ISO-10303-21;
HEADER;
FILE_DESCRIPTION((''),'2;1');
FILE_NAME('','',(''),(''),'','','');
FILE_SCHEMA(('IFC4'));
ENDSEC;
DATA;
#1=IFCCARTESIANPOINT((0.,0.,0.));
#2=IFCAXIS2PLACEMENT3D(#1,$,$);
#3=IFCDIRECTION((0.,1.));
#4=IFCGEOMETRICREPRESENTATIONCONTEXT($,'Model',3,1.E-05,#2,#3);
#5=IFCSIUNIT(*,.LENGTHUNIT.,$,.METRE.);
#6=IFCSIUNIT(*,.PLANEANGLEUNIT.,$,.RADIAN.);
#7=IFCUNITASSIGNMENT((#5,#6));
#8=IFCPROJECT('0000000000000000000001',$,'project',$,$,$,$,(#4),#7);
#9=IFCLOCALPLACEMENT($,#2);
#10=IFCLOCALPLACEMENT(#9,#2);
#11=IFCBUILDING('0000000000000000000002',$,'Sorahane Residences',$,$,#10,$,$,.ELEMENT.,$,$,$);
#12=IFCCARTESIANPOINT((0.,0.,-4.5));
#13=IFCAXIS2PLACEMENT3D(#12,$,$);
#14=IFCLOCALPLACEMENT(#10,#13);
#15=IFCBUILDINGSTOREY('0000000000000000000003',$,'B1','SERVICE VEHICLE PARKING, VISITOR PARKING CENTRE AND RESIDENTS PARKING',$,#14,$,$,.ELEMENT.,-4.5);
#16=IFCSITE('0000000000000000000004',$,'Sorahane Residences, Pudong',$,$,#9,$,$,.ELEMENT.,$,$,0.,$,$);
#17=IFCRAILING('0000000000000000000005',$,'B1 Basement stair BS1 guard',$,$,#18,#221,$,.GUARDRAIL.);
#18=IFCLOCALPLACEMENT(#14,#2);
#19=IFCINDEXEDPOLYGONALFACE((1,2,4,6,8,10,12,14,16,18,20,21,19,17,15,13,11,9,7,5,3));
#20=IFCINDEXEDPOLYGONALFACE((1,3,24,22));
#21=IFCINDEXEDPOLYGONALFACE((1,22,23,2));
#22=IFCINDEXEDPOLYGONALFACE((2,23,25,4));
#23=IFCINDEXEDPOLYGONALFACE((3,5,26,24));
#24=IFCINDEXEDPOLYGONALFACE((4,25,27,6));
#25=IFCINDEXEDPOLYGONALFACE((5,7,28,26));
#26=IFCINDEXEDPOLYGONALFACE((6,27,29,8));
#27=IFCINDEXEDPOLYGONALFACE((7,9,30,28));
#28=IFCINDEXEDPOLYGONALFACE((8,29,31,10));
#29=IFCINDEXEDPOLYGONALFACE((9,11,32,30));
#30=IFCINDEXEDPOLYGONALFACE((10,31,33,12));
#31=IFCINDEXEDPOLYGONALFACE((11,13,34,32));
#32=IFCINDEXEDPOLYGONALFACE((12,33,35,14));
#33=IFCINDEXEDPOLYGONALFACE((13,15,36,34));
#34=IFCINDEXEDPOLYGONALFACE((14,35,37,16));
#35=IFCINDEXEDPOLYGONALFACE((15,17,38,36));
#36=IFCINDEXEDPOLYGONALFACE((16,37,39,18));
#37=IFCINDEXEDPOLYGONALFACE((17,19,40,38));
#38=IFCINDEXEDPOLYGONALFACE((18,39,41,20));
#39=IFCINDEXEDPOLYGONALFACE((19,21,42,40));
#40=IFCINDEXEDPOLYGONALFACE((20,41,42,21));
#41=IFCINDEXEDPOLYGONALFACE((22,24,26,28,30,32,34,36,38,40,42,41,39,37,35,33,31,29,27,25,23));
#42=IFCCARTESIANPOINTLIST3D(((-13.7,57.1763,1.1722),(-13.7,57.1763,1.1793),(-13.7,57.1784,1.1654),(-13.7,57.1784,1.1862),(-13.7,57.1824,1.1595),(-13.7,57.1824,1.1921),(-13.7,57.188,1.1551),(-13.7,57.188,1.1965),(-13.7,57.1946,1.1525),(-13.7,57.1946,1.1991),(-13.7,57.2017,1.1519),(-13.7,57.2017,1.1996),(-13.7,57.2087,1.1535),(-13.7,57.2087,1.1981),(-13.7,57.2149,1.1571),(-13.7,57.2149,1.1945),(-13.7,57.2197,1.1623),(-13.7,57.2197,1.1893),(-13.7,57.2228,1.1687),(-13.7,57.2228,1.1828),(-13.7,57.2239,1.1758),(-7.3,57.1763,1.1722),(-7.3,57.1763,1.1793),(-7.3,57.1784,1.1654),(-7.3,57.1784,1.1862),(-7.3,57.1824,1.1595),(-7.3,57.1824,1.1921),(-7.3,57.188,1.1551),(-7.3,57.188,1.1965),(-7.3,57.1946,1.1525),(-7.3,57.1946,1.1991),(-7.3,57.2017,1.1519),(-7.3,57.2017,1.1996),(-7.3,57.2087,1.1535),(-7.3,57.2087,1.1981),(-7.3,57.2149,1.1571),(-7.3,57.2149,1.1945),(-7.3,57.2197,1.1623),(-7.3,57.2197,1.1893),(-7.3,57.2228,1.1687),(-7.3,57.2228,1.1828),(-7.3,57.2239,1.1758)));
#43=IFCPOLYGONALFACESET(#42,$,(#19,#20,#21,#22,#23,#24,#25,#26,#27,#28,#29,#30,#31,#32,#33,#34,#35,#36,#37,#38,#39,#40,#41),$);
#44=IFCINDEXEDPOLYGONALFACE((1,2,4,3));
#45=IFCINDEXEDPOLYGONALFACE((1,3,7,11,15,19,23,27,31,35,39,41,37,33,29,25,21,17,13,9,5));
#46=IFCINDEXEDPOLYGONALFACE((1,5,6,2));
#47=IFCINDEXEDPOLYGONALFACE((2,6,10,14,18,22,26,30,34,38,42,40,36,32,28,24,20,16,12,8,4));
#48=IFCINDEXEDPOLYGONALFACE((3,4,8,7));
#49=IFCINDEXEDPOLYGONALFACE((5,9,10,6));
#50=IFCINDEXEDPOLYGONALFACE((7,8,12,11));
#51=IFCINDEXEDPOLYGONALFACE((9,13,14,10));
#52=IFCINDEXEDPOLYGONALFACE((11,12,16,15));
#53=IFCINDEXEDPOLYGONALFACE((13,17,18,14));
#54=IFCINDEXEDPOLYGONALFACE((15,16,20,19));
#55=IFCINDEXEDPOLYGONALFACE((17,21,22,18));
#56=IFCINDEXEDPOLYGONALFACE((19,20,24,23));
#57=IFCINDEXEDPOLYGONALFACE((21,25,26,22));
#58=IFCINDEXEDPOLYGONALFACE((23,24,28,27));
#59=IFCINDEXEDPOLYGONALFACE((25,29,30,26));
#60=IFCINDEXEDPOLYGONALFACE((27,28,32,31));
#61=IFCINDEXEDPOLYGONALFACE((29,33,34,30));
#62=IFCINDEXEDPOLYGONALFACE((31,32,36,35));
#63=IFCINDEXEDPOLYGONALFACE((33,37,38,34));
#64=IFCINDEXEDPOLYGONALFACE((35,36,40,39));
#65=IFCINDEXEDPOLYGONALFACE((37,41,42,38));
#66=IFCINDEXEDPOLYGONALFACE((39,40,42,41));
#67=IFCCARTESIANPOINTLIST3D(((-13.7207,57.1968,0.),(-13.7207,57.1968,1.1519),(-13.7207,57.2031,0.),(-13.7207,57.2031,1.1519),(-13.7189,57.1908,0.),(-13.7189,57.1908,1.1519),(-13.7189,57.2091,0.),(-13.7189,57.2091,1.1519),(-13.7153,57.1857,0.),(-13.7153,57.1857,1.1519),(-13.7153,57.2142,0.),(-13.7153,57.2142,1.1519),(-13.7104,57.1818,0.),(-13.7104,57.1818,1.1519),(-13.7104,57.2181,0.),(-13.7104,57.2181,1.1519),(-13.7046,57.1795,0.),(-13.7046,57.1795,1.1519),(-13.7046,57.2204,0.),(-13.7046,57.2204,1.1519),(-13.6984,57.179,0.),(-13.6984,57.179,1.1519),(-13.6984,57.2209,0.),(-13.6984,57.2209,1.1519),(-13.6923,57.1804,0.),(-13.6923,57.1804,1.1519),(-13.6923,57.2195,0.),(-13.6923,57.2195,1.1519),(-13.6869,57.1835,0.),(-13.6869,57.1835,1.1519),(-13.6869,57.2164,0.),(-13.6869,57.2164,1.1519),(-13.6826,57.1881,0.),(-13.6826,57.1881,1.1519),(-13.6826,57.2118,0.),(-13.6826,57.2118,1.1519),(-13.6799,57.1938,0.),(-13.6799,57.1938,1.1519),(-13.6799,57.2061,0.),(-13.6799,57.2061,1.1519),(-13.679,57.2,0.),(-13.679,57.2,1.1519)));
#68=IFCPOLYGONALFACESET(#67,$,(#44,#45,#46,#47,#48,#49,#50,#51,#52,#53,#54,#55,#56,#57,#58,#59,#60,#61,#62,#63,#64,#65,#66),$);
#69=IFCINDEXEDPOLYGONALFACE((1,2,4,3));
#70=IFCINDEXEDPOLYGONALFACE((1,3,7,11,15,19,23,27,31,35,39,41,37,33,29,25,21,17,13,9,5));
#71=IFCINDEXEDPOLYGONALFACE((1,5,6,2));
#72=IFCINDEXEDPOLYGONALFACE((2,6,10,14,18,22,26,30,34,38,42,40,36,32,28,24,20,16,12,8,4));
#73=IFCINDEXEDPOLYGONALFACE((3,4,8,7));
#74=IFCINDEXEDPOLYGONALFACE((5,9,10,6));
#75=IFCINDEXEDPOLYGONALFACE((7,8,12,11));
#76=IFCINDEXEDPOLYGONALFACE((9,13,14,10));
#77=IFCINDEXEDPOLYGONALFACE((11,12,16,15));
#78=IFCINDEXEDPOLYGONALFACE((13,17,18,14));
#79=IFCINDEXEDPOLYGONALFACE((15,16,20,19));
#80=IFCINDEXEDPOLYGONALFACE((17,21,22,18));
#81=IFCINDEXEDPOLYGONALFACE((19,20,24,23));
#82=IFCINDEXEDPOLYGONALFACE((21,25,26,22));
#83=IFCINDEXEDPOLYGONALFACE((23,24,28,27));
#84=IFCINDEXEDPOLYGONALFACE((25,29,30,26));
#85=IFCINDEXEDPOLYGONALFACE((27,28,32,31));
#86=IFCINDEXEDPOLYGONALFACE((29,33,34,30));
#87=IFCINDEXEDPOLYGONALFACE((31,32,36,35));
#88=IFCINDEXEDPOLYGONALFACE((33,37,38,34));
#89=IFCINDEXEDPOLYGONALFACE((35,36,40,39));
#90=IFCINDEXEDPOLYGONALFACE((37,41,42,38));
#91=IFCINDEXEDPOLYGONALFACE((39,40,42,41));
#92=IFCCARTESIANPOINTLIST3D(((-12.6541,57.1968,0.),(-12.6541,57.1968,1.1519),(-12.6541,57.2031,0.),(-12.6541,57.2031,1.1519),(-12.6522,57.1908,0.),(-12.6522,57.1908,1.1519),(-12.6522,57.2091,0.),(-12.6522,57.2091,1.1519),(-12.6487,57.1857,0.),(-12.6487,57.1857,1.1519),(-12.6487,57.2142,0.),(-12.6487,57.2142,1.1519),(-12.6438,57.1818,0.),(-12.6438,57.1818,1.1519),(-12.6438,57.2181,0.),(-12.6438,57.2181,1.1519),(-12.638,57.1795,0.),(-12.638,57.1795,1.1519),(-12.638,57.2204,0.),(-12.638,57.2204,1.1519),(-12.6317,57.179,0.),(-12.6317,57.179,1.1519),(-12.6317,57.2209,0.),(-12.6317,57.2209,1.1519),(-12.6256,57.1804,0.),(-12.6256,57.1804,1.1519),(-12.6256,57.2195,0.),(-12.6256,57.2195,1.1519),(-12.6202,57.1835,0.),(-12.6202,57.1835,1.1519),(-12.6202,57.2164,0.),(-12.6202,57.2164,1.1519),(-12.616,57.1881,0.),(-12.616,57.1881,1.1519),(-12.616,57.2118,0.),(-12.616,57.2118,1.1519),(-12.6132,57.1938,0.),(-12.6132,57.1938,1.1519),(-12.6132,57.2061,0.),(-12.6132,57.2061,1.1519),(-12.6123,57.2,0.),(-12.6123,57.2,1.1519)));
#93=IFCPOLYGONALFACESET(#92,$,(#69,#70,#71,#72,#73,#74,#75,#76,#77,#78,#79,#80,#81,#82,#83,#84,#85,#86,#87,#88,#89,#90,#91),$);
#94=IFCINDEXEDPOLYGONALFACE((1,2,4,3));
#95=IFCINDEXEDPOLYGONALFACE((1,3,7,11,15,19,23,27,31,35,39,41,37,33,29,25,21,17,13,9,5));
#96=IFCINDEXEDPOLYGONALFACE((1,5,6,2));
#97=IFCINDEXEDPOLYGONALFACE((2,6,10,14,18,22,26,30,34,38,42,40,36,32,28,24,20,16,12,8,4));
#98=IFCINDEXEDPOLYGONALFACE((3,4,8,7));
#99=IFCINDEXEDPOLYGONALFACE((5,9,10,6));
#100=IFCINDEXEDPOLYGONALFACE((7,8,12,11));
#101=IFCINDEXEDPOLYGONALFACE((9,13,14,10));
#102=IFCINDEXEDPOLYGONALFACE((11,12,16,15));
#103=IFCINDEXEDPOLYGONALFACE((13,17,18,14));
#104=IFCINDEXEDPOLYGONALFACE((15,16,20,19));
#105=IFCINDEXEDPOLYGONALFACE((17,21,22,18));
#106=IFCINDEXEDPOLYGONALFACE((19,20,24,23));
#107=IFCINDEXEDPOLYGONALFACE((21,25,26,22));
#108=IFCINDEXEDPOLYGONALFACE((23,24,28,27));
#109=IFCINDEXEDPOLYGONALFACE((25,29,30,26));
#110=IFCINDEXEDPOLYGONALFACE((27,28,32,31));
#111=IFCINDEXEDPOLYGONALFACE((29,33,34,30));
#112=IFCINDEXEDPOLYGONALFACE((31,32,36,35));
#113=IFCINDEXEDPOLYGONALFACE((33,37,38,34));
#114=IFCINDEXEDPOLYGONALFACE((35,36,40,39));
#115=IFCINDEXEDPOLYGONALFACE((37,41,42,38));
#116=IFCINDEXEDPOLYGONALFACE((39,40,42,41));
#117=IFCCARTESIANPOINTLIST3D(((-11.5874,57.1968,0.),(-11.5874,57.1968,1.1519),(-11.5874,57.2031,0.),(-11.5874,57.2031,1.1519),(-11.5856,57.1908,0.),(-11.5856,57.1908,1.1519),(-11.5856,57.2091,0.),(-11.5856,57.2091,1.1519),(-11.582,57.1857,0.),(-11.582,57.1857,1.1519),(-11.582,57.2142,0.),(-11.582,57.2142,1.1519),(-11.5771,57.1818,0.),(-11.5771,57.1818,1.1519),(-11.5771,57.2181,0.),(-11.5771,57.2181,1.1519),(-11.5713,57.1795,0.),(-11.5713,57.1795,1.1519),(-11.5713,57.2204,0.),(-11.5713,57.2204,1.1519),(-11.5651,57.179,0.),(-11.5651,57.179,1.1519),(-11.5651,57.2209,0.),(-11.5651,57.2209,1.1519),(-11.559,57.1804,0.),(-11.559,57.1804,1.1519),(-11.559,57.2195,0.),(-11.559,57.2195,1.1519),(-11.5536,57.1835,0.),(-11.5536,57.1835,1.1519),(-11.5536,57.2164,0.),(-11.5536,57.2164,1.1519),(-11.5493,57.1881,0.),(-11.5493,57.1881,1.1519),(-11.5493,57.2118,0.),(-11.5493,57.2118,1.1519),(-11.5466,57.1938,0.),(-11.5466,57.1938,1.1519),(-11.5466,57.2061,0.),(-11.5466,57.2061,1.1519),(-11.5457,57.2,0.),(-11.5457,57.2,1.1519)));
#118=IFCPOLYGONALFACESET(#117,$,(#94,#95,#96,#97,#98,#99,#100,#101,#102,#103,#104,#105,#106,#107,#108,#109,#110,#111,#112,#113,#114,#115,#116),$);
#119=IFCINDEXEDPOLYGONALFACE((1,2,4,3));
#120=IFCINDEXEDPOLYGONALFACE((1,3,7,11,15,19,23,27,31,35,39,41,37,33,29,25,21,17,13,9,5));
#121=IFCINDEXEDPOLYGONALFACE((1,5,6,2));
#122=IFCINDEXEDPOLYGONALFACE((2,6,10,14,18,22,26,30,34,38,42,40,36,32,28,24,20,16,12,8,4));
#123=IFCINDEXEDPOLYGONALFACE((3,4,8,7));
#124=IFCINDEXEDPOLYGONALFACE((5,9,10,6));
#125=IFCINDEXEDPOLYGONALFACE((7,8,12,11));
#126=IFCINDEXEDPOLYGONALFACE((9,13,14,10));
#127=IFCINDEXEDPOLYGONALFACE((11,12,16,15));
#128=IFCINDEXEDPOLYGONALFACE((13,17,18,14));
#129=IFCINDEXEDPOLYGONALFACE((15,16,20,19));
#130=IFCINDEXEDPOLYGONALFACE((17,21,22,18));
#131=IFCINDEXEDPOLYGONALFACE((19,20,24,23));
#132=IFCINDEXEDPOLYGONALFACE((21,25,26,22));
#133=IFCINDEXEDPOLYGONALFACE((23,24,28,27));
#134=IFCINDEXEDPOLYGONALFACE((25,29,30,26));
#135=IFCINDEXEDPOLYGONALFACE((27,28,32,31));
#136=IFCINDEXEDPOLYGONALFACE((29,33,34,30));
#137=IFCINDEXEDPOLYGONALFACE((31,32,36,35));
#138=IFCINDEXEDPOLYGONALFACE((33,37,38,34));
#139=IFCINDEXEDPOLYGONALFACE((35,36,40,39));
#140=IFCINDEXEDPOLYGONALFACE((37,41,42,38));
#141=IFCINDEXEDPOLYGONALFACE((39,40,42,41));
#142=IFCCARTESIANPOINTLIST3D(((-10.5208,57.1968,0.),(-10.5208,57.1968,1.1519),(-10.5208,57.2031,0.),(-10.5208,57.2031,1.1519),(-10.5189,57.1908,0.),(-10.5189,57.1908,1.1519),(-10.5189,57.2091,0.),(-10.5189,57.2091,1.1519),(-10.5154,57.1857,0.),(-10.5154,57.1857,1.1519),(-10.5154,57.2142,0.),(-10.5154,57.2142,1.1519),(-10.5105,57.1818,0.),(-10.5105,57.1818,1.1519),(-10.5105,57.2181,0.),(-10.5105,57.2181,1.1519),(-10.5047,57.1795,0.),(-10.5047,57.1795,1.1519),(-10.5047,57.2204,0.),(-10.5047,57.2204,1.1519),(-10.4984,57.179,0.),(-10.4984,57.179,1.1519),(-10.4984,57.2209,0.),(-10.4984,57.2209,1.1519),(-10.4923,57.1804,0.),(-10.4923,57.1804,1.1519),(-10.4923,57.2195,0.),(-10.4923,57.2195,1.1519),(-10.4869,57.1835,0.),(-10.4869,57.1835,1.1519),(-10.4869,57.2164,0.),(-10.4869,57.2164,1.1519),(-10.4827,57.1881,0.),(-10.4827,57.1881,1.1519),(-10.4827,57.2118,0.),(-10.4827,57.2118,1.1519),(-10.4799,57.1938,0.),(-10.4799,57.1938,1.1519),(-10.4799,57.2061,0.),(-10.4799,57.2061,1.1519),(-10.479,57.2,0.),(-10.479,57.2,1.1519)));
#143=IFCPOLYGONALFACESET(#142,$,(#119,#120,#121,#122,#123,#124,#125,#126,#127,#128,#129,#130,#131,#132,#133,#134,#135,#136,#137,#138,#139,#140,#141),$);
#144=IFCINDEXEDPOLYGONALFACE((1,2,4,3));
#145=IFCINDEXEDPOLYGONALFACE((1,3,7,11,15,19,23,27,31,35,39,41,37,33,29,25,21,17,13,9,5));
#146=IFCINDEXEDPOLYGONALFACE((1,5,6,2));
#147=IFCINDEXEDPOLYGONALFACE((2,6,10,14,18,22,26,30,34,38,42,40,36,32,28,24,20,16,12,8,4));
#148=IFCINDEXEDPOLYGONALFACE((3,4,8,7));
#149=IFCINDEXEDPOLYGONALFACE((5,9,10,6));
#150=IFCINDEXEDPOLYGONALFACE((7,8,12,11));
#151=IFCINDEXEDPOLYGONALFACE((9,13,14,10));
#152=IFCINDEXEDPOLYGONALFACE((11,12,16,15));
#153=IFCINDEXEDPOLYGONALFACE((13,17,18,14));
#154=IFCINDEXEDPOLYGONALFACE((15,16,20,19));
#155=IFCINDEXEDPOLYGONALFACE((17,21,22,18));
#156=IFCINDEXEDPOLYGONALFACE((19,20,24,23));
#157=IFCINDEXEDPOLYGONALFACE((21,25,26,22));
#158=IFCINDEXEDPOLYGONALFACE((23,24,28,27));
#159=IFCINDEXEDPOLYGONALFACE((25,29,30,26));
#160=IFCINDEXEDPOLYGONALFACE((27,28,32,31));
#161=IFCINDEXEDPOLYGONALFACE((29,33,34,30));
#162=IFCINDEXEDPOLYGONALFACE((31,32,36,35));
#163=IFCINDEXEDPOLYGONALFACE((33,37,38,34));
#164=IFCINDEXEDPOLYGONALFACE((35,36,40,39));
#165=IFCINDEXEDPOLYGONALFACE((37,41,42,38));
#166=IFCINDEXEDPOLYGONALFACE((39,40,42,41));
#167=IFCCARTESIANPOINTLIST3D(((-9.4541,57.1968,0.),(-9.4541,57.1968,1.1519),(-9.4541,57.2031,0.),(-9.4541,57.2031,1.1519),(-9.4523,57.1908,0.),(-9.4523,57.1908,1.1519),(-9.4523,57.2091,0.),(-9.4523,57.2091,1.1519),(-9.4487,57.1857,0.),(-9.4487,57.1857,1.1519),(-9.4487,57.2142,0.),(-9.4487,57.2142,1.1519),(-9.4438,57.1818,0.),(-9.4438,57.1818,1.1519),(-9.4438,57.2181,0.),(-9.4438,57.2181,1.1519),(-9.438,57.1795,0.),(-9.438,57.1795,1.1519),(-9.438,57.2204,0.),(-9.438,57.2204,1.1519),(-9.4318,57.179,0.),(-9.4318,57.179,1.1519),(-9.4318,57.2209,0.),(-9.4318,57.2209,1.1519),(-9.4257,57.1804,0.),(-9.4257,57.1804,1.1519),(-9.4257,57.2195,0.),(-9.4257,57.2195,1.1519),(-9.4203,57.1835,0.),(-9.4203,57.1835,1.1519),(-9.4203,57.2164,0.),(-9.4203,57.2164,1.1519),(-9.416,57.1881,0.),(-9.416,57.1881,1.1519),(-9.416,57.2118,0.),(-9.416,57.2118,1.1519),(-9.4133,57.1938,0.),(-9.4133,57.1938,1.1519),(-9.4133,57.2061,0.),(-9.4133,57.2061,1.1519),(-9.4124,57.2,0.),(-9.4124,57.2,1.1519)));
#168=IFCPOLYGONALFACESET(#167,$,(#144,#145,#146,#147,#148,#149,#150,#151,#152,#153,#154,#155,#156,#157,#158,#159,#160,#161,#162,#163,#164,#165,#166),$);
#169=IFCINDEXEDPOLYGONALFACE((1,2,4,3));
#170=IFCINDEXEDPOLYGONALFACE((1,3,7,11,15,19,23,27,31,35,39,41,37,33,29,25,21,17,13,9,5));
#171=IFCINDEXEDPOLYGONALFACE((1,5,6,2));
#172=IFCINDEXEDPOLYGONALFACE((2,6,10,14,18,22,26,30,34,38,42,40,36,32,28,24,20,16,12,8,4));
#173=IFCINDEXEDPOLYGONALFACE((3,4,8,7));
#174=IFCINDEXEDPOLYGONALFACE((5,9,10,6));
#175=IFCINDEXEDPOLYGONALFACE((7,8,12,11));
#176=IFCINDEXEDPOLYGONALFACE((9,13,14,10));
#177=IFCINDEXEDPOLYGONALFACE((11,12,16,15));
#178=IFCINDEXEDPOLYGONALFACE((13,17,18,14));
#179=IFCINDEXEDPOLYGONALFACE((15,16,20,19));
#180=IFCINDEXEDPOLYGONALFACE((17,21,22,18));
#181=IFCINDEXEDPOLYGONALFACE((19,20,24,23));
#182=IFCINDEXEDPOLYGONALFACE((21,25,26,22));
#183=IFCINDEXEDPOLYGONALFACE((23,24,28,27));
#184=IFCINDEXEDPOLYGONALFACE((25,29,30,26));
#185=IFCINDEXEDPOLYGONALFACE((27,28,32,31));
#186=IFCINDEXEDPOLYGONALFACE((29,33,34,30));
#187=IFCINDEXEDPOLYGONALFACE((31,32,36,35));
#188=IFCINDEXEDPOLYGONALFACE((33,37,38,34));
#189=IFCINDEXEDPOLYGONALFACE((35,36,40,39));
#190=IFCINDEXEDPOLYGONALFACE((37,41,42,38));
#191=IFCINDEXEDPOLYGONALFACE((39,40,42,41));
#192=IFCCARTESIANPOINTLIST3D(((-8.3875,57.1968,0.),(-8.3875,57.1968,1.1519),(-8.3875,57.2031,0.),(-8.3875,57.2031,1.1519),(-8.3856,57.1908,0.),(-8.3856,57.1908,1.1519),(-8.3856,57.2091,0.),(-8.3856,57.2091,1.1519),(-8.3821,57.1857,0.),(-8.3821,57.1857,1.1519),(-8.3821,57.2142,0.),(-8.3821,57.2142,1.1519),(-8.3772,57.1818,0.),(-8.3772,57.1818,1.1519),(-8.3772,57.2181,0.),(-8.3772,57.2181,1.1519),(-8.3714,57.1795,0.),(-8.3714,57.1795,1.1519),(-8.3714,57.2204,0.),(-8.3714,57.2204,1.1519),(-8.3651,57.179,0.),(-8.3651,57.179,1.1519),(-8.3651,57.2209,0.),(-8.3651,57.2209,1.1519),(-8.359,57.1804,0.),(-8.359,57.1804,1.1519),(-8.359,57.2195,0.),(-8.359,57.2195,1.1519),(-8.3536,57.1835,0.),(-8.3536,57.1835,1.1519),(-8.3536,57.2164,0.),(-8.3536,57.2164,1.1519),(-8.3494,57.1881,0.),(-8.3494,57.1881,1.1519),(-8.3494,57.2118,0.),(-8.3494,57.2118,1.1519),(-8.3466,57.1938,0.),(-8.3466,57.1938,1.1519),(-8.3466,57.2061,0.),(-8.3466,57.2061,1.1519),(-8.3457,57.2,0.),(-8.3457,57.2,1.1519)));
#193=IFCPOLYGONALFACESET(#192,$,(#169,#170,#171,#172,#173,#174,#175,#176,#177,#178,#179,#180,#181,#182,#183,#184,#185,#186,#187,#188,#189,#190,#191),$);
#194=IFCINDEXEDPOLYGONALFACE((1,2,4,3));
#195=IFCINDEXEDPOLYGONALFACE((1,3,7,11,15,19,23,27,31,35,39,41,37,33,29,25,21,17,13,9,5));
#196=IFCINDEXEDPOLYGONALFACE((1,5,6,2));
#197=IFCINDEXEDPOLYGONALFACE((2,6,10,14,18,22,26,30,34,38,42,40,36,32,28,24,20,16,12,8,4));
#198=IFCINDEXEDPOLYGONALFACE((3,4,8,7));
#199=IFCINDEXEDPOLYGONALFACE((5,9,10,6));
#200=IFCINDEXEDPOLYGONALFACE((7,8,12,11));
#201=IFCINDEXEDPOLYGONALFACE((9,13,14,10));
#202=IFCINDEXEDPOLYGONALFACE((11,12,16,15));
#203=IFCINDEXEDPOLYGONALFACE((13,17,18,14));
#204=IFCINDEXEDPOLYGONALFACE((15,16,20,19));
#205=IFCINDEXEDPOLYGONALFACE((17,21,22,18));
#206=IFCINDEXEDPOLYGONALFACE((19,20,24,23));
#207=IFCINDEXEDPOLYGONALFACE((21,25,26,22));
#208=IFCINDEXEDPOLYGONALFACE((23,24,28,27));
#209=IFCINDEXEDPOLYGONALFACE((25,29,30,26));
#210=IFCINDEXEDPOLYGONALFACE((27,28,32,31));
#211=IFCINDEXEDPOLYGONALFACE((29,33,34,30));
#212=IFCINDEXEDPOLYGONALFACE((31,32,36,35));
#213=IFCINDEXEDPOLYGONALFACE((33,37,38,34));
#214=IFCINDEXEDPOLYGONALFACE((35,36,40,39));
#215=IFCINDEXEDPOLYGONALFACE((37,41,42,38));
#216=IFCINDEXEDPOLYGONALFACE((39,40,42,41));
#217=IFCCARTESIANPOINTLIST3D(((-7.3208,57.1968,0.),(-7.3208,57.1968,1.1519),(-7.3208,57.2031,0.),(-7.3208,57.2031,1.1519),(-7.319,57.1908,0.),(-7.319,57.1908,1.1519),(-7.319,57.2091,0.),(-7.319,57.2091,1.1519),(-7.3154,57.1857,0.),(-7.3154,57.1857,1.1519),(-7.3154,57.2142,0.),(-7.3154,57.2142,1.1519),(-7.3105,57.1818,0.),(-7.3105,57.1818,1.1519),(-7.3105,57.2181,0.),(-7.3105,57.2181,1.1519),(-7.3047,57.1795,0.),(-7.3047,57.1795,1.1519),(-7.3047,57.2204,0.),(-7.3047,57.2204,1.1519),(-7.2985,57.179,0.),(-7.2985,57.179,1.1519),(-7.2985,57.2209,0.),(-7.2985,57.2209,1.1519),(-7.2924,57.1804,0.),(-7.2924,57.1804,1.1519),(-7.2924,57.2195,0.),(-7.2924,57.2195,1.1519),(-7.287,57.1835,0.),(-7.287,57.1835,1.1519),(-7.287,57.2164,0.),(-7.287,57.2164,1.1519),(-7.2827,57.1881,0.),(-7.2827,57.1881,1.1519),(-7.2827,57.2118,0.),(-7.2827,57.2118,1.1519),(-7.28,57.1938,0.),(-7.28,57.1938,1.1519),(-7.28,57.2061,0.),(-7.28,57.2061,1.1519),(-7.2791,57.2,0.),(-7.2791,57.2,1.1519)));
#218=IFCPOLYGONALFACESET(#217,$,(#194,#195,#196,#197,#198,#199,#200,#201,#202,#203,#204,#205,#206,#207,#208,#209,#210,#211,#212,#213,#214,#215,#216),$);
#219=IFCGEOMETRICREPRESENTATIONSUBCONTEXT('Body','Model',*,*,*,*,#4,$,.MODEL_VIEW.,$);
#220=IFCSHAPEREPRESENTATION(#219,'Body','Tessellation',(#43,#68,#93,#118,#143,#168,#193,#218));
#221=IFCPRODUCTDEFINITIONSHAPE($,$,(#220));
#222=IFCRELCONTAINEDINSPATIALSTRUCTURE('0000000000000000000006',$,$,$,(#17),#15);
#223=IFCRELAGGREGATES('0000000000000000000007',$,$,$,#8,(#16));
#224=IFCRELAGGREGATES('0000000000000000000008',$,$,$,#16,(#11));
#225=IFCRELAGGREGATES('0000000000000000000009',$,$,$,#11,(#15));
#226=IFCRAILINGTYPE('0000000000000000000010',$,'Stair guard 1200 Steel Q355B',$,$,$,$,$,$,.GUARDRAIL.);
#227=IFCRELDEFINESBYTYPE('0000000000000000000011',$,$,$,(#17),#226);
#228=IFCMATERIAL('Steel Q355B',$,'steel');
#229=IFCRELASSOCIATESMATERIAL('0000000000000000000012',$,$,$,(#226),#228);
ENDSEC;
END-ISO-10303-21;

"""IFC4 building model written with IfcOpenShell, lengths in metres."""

from ifc_helpers import new_model, si_unit, direction, frame, origin, origin_2d, place, context, subcontext, project, spatial, circle, extrude, material, type_object, element, save


model = new_model("IFC4")

# Units and contexts
model_context = context("Model", 3, precision=1e-05, world=origin(), true_north=direction((0.0, 1.0)))
body_context = subcontext(model_context, "Body", "Model", "MODEL_VIEW")
ifc_project = project(units=[si_unit("LENGTHUNIT", "METRE"), si_unit("PLANEANGLEUNIT", "RADIAN")], contexts=[model_context])

# Site, building, storey
site_placement = place(None, origin())
site = spatial("IfcSite", under=ifc_project, at=site_placement, Name="Sorahane Residences, Pudong", CompositionType="ELEMENT", RefElevation=0.0)
building_placement = place(site_placement, origin())
building = spatial("IfcBuilding", under=site, at=building_placement, Name="Sorahane Residences", CompositionType="ELEMENT")
storey_placement = place(building_placement, frame((0.0, 0.0, -4.5)))
storey = spatial("IfcBuildingStorey", under=building, at=storey_placement, Name="B1", Description="SERVICE VEHICLE PARKING, VISITOR PARKING CENTRE AND RESIDENTS PARKING", CompositionType="ELEMENT", Elevation=-4.5)

# Railing
ifc_material_1 = material(Name="Steel Q355B", Category="steel")
railing_type_1 = type_object("IfcRailingType", Name="Stair guard 1200 Steel Q355B", PredefinedType="GUARDRAIL", material=ifc_material_1)
railing_1_placement = place(storey_placement, frame((-13.7, 57.2, 0.0)))
element("IfcRailing", 1, at=railing_1_placement, inside=storey, type_object=railing_type_1, Name="B1 Basement stair BS1 guard", PredefinedType="GUARDRAIL", context=body_context, shape_type="SweptSolid", body=[
    extrude(circle(Radius=0.0239, at=origin_2d()), frame((0.0, 0.0, 1.1758), z_axis=(1.0, 0.0, 0.0), x_axis=(0.0, 1.0, 0.0)), (0.0, 0.0, 1.0), 6.3999),
    extrude(circle(Radius=0.021, at=origin_2d()), origin(), (0.0, 0.0, 1.0), 1.1519),
    extrude(circle(Radius=0.021, at=origin_2d()), frame((1.0667, 0.0, 0.0)), (0.0, 0.0, 1.0), 1.1519),
    extrude(circle(Radius=0.021, at=origin_2d()), frame((2.1333, 0.0, 0.0)), (0.0, 0.0, 1.0), 1.1519),
    extrude(circle(Radius=0.021, at=origin_2d()), frame((3.2, 0.0, 0.0)), (0.0, 0.0, 1.0), 1.1519),
    extrude(circle(Radius=0.021, at=origin_2d()), frame((4.2666, 0.0, 0.0)), (0.0, 0.0, 1.0), 1.1519),
    extrude(circle(Radius=0.021, at=origin_2d()), frame((5.3333, 0.0, 0.0)), (0.0, 0.0, 1.0), 1.1519),
    extrude(circle(Radius=0.021, at=origin_2d()), frame((6.3999, 0.0, 0.0)), (0.0, 0.0, 1.0), 1.1519),
])

save(model, "model.ifc")
